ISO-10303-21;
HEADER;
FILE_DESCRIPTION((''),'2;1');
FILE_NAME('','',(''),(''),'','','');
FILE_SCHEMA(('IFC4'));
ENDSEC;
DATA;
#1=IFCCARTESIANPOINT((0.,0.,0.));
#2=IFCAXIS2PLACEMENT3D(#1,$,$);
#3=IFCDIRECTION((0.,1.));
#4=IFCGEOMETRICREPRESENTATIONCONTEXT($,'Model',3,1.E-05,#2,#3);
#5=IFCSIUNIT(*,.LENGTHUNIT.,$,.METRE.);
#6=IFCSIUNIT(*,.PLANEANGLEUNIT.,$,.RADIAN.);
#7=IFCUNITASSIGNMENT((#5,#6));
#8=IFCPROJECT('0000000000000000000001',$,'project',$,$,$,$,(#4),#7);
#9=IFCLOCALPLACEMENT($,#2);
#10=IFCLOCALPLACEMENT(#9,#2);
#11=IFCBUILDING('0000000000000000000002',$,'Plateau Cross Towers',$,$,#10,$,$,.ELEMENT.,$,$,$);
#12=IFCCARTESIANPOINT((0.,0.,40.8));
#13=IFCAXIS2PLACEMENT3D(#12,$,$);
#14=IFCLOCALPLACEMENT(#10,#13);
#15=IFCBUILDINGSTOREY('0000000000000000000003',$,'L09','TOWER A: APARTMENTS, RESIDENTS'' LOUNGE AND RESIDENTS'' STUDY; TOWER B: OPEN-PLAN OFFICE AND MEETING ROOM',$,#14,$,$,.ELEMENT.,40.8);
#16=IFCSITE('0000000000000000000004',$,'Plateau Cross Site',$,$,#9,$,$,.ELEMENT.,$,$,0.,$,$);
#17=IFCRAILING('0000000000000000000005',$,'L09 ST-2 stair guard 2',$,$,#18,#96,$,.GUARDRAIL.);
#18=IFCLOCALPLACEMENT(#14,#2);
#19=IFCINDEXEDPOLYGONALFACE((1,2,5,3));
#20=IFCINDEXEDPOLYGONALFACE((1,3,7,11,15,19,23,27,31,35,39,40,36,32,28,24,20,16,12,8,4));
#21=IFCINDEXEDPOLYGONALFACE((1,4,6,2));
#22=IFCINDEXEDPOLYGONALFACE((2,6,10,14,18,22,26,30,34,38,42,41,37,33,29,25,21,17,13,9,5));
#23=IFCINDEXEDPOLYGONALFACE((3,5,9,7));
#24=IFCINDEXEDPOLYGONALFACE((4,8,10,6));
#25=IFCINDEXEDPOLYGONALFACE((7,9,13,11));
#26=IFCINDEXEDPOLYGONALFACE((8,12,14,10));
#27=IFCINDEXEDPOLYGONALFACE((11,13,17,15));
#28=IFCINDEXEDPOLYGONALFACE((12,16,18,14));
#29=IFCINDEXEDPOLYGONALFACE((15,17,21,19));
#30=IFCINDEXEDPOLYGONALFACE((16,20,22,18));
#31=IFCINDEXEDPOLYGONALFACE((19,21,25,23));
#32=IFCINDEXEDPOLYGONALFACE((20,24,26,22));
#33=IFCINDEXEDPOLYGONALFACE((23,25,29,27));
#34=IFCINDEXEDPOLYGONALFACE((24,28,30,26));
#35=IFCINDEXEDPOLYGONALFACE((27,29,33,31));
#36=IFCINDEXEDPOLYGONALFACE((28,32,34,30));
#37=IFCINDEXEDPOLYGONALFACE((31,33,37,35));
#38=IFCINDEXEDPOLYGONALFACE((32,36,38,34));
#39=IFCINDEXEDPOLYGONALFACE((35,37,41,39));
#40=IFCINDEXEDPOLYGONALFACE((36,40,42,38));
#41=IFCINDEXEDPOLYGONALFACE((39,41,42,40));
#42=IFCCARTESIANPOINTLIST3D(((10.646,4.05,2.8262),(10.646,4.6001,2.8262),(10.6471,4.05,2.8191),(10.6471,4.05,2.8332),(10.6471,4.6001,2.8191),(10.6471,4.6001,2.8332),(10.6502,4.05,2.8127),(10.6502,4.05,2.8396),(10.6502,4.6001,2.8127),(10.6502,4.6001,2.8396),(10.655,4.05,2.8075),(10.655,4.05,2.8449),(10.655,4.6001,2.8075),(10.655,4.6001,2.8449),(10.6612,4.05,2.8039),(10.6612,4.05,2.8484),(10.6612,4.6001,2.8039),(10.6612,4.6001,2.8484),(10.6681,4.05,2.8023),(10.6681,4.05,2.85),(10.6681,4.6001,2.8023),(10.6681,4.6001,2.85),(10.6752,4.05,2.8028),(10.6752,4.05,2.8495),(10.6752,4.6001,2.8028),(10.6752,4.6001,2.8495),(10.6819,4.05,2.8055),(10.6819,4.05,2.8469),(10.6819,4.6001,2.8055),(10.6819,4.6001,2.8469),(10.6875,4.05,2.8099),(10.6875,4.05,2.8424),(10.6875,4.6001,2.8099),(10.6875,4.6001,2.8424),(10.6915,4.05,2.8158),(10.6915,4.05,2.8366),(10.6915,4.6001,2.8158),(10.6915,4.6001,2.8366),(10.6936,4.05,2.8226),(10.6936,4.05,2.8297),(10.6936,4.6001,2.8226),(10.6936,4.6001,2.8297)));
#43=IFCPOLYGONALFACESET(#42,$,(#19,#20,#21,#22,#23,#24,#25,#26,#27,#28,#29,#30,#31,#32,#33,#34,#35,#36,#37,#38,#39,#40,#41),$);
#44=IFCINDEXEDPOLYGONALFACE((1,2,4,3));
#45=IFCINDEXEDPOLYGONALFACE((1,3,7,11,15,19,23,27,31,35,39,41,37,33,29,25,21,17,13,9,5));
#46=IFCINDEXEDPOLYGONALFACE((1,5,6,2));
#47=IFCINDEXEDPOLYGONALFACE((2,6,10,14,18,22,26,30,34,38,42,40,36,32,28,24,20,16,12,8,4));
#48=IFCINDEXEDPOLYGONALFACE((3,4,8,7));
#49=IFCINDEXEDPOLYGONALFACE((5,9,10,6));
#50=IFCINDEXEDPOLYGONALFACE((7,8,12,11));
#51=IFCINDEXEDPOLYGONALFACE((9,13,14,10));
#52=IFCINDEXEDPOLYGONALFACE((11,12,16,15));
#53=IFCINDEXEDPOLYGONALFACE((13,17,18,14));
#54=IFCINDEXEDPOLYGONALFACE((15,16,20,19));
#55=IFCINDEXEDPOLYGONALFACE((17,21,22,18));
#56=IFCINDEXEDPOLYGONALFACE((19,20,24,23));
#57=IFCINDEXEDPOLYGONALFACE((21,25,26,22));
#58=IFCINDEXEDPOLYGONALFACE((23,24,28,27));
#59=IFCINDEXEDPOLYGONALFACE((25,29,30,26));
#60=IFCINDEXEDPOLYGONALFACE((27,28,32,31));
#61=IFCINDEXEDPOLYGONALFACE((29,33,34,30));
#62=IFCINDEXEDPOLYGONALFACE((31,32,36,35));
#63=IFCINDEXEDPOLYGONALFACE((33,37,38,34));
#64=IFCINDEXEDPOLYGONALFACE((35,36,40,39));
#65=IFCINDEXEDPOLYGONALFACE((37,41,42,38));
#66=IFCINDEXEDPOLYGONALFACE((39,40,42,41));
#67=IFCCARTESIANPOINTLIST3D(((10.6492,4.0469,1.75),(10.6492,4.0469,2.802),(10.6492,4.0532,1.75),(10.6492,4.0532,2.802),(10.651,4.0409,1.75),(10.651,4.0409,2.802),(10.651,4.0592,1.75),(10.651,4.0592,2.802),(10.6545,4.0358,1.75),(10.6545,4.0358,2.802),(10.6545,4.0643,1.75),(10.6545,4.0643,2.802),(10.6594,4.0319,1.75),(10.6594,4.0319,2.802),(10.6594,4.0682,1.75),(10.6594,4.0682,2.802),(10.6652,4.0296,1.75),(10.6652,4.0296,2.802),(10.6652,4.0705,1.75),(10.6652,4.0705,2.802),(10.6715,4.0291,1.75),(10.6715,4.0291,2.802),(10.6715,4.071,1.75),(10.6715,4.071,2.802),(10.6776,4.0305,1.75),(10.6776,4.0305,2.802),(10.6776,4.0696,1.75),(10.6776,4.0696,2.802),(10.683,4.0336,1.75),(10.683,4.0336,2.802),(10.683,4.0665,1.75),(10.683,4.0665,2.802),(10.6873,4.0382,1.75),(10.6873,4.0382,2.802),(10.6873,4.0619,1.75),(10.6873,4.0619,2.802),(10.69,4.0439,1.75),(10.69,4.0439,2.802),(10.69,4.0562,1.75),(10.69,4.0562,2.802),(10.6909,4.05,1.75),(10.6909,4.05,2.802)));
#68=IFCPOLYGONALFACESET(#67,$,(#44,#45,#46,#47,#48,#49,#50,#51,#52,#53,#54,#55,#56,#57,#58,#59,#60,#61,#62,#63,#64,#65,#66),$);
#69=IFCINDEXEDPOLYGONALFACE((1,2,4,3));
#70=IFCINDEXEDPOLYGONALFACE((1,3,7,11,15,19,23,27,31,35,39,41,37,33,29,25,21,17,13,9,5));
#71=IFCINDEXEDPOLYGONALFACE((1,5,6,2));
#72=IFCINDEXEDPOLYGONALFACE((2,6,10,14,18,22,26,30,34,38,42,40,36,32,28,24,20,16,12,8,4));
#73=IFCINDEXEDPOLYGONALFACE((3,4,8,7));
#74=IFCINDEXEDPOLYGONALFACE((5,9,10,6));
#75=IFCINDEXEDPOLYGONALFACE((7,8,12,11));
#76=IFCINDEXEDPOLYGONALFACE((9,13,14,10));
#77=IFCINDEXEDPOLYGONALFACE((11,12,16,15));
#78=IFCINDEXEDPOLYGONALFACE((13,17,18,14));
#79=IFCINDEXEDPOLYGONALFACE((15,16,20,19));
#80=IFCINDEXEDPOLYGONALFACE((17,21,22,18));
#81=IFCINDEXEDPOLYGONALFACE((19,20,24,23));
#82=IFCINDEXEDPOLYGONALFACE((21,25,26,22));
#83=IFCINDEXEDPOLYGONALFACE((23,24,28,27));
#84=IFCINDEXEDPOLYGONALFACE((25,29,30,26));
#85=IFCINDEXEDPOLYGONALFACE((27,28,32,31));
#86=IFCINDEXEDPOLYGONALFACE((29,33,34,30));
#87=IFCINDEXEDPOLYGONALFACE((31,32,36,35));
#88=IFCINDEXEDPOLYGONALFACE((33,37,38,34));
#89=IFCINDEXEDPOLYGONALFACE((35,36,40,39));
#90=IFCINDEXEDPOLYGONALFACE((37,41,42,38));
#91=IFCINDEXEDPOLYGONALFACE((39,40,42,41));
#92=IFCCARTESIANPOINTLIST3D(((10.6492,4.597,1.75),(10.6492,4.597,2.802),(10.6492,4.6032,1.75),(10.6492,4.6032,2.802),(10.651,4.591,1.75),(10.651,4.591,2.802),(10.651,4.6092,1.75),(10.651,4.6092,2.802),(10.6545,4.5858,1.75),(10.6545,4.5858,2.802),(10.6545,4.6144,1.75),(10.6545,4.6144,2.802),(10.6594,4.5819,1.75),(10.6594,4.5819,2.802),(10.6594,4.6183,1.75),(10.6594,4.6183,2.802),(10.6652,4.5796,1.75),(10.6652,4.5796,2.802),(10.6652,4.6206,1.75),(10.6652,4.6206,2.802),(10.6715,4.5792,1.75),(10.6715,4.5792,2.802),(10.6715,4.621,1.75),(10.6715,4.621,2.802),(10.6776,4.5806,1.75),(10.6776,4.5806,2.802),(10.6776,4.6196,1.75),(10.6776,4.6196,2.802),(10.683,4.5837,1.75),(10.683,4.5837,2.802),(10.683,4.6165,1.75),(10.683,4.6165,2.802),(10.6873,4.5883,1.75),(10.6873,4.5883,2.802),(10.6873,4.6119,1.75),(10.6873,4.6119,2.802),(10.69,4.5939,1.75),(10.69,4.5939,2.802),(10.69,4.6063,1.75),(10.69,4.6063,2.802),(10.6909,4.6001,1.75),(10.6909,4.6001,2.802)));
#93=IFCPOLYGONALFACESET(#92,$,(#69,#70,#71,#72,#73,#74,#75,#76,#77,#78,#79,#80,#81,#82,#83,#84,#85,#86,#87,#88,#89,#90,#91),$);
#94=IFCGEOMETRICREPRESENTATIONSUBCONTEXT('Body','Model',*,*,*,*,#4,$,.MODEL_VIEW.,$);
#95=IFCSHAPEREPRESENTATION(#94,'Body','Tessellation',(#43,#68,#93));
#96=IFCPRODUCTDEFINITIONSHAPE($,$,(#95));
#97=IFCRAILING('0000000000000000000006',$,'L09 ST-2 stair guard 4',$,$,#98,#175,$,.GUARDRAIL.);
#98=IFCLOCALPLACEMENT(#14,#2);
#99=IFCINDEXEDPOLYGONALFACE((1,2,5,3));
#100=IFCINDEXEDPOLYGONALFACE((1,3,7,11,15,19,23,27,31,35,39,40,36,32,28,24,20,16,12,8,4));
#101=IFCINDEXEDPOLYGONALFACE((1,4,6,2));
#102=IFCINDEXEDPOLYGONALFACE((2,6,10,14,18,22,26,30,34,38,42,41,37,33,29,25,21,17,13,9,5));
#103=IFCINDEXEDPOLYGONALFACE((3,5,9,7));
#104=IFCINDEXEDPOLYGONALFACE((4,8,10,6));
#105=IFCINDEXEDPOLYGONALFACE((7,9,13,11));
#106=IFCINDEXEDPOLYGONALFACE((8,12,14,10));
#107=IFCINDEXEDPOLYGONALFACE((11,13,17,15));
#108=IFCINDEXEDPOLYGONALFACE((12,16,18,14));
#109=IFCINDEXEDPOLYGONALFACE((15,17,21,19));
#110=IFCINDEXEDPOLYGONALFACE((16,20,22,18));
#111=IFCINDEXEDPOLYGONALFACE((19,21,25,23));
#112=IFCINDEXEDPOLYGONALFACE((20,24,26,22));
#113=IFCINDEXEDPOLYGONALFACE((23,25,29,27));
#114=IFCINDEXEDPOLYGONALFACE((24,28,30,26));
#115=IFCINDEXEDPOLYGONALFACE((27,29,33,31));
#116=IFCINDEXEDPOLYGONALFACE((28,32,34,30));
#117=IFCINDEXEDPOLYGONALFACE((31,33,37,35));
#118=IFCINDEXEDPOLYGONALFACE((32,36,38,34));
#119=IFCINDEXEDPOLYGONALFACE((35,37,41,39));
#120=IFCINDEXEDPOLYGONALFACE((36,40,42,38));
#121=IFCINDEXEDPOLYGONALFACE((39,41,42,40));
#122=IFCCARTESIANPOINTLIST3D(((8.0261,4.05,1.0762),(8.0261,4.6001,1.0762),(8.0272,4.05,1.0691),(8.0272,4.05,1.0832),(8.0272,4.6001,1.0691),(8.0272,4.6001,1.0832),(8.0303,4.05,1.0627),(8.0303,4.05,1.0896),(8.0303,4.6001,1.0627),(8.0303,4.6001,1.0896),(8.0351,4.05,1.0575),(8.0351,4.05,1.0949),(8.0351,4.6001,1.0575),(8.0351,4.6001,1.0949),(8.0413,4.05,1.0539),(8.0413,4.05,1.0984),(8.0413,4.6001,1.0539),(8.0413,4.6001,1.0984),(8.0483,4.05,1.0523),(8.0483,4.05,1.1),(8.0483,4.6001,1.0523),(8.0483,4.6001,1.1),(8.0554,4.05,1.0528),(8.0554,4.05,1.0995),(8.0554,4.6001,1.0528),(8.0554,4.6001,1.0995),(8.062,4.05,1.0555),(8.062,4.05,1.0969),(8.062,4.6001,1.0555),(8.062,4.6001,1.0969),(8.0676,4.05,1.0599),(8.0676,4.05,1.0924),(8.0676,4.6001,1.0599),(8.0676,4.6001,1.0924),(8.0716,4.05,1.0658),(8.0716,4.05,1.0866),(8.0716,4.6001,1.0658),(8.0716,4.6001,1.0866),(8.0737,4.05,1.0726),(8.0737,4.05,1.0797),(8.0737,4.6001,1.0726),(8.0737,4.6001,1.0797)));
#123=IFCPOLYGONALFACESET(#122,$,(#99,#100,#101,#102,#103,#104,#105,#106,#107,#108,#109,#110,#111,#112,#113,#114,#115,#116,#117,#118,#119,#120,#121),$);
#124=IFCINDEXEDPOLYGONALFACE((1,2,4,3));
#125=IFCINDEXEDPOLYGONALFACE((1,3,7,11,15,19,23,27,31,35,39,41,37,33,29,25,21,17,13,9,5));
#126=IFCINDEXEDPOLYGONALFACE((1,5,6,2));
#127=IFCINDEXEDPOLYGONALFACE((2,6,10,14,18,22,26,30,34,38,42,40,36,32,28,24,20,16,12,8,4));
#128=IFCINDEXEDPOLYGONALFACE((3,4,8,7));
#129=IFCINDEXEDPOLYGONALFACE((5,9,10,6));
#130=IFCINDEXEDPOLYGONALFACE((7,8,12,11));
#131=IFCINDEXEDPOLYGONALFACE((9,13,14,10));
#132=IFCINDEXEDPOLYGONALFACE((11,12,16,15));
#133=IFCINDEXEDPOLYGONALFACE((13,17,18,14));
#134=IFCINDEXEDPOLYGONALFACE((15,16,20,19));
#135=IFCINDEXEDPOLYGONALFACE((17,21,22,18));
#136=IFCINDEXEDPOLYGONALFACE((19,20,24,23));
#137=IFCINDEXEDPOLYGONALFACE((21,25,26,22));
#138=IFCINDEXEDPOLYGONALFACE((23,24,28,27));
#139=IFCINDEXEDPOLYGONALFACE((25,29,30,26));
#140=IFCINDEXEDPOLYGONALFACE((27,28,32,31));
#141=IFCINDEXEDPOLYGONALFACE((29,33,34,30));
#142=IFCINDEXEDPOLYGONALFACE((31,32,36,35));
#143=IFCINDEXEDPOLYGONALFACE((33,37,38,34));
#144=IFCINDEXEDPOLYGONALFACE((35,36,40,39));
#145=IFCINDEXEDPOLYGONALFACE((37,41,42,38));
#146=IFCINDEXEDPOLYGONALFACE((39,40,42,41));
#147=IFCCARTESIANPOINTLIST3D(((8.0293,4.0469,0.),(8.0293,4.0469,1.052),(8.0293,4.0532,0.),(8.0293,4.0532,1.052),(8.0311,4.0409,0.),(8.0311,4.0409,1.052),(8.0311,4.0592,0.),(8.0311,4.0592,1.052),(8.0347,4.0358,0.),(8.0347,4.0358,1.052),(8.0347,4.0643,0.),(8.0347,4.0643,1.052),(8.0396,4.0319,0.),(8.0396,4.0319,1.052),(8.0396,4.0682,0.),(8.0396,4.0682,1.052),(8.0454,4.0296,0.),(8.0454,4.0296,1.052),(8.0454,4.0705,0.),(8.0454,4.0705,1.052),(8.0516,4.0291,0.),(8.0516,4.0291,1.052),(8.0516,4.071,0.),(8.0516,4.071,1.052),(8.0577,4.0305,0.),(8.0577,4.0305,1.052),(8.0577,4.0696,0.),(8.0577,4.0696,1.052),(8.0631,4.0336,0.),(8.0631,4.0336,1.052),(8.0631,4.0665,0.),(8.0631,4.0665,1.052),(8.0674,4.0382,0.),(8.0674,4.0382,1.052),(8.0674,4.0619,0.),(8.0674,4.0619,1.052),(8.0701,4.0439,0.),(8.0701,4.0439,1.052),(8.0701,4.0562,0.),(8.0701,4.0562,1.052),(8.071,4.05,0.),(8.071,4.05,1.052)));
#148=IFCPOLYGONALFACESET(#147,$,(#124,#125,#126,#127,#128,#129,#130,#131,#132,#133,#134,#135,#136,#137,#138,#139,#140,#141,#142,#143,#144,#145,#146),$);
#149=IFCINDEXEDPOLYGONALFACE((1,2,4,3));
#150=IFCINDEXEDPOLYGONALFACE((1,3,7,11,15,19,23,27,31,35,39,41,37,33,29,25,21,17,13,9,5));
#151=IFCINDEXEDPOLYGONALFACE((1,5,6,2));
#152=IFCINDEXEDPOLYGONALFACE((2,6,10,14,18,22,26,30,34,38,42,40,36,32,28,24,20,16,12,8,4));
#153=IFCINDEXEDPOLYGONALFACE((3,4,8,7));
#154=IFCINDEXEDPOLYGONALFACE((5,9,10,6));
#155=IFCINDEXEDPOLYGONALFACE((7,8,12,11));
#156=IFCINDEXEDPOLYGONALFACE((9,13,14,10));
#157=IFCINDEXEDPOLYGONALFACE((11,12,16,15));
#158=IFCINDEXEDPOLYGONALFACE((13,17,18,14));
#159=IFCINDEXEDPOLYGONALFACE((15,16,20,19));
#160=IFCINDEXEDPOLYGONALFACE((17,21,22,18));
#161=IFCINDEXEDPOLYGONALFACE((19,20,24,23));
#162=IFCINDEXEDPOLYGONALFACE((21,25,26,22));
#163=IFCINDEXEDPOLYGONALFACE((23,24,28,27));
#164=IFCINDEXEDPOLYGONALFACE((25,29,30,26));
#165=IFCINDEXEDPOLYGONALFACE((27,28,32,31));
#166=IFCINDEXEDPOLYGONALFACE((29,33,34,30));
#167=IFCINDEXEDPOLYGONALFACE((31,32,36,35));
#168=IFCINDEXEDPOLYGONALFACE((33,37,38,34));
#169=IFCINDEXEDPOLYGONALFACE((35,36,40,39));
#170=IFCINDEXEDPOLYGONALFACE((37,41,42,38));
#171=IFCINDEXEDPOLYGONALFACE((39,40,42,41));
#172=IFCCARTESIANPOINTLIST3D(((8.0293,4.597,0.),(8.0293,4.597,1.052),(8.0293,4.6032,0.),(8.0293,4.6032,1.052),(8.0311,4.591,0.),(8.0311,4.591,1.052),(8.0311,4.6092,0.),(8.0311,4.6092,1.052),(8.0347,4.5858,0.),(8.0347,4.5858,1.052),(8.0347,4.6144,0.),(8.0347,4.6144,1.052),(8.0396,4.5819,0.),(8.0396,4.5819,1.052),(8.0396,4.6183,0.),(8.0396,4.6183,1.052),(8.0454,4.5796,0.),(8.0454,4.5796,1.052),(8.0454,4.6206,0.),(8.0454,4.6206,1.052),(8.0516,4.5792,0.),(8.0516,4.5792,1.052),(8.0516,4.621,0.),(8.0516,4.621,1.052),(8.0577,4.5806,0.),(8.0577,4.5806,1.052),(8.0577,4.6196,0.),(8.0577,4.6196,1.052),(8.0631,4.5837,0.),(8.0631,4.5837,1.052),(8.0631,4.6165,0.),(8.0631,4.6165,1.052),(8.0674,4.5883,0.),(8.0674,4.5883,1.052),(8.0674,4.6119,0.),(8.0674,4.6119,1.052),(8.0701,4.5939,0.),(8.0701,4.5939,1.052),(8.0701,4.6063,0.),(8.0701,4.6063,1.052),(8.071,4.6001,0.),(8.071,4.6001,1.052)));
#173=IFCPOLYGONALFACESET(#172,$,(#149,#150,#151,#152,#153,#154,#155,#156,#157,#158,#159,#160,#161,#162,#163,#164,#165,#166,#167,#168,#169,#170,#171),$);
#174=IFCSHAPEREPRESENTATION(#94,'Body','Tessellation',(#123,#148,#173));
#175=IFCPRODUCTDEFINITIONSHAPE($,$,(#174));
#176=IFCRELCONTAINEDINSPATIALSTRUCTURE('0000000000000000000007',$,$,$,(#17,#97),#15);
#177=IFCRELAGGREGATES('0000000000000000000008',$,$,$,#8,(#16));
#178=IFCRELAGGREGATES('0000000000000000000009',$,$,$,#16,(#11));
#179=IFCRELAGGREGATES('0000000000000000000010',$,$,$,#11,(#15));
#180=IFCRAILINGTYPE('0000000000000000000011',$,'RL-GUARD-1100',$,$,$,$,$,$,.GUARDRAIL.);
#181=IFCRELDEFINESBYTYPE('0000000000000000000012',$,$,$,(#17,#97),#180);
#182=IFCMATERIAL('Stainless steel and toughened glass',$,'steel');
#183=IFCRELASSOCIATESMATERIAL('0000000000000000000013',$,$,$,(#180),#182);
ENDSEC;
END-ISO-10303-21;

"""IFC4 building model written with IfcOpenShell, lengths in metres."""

from ifc_helpers import new_model, si_unit, direction, frame, origin, origin_2d, place, context, subcontext, project, spatial, circle, extrude, material, type_object, element, save


model = new_model("IFC4")

# Units and contexts
model_context = context("Model", 3, precision=1e-05, world=origin(), true_north=direction((0.0, 1.0)))
body_context = subcontext(model_context, "Body", "Model", "MODEL_VIEW")
ifc_project = project(units=[si_unit("LENGTHUNIT", "METRE"), si_unit("PLANEANGLEUNIT", "RADIAN")], contexts=[model_context])

# Site, building, storey
site_placement = place(None, origin())
site = spatial("IfcSite", under=ifc_project, at=site_placement, Name="Plateau Cross Site", CompositionType="ELEMENT", RefElevation=0.0)
building_placement = place(site_placement, origin())
building = spatial("IfcBuilding", under=site, at=building_placement, Name="Plateau Cross Towers", CompositionType="ELEMENT")
storey_placement = place(building_placement, frame((0.0, 0.0, 40.8)))
storey = spatial("IfcBuildingStorey", under=building, at=storey_placement, Name="L09", Description="TOWER A: APARTMENTS, RESIDENTS' LOUNGE AND RESIDENTS' STUDY; TOWER B: OPEN-PLAN OFFICE AND MEETING ROOM", CompositionType="ELEMENT", Elevation=40.8)

# Railings
ifc_material_1 = material(Name="Stainless steel and toughened glass", Category="steel")
railing_type_1 = type_object("IfcRailingType", Name="RL-GUARD-1100", PredefinedType="GUARDRAIL", material=ifc_material_1)
for number, where, name in (
    (1, (10.6699, 4.05, 1.75), "L09 ST-2 stair guard 2"),
    (2, (8.05, 4.05, 0.0), "L09 ST-2 stair guard 4"),
):
    element("IfcRailing", number, at=place(storey_placement, frame(where)), inside=storey, type_object=railing_type_1, Name=name, PredefinedType="GUARDRAIL", context=body_context, shape_type="SweptSolid", body=[
        extrude(circle(Radius=0.0239, at=origin_2d()), frame((0.0, 0.0, 1.0762), z_axis=(0.0, 1.0, 0.0), x_axis=(-1.0, 0.0, 0.0)), (0.0, 0.0, 1.0), 0.55),
        extrude(circle(Radius=0.021, at=origin_2d()), origin(), (0.0, 0.0, 1.0), 1.052),
        extrude(circle(Radius=0.021, at=origin_2d()), frame((0.0, 0.55, 0.0)), (0.0, 0.0, 1.0), 1.052),
    ])

save(model, "model.ifc")
